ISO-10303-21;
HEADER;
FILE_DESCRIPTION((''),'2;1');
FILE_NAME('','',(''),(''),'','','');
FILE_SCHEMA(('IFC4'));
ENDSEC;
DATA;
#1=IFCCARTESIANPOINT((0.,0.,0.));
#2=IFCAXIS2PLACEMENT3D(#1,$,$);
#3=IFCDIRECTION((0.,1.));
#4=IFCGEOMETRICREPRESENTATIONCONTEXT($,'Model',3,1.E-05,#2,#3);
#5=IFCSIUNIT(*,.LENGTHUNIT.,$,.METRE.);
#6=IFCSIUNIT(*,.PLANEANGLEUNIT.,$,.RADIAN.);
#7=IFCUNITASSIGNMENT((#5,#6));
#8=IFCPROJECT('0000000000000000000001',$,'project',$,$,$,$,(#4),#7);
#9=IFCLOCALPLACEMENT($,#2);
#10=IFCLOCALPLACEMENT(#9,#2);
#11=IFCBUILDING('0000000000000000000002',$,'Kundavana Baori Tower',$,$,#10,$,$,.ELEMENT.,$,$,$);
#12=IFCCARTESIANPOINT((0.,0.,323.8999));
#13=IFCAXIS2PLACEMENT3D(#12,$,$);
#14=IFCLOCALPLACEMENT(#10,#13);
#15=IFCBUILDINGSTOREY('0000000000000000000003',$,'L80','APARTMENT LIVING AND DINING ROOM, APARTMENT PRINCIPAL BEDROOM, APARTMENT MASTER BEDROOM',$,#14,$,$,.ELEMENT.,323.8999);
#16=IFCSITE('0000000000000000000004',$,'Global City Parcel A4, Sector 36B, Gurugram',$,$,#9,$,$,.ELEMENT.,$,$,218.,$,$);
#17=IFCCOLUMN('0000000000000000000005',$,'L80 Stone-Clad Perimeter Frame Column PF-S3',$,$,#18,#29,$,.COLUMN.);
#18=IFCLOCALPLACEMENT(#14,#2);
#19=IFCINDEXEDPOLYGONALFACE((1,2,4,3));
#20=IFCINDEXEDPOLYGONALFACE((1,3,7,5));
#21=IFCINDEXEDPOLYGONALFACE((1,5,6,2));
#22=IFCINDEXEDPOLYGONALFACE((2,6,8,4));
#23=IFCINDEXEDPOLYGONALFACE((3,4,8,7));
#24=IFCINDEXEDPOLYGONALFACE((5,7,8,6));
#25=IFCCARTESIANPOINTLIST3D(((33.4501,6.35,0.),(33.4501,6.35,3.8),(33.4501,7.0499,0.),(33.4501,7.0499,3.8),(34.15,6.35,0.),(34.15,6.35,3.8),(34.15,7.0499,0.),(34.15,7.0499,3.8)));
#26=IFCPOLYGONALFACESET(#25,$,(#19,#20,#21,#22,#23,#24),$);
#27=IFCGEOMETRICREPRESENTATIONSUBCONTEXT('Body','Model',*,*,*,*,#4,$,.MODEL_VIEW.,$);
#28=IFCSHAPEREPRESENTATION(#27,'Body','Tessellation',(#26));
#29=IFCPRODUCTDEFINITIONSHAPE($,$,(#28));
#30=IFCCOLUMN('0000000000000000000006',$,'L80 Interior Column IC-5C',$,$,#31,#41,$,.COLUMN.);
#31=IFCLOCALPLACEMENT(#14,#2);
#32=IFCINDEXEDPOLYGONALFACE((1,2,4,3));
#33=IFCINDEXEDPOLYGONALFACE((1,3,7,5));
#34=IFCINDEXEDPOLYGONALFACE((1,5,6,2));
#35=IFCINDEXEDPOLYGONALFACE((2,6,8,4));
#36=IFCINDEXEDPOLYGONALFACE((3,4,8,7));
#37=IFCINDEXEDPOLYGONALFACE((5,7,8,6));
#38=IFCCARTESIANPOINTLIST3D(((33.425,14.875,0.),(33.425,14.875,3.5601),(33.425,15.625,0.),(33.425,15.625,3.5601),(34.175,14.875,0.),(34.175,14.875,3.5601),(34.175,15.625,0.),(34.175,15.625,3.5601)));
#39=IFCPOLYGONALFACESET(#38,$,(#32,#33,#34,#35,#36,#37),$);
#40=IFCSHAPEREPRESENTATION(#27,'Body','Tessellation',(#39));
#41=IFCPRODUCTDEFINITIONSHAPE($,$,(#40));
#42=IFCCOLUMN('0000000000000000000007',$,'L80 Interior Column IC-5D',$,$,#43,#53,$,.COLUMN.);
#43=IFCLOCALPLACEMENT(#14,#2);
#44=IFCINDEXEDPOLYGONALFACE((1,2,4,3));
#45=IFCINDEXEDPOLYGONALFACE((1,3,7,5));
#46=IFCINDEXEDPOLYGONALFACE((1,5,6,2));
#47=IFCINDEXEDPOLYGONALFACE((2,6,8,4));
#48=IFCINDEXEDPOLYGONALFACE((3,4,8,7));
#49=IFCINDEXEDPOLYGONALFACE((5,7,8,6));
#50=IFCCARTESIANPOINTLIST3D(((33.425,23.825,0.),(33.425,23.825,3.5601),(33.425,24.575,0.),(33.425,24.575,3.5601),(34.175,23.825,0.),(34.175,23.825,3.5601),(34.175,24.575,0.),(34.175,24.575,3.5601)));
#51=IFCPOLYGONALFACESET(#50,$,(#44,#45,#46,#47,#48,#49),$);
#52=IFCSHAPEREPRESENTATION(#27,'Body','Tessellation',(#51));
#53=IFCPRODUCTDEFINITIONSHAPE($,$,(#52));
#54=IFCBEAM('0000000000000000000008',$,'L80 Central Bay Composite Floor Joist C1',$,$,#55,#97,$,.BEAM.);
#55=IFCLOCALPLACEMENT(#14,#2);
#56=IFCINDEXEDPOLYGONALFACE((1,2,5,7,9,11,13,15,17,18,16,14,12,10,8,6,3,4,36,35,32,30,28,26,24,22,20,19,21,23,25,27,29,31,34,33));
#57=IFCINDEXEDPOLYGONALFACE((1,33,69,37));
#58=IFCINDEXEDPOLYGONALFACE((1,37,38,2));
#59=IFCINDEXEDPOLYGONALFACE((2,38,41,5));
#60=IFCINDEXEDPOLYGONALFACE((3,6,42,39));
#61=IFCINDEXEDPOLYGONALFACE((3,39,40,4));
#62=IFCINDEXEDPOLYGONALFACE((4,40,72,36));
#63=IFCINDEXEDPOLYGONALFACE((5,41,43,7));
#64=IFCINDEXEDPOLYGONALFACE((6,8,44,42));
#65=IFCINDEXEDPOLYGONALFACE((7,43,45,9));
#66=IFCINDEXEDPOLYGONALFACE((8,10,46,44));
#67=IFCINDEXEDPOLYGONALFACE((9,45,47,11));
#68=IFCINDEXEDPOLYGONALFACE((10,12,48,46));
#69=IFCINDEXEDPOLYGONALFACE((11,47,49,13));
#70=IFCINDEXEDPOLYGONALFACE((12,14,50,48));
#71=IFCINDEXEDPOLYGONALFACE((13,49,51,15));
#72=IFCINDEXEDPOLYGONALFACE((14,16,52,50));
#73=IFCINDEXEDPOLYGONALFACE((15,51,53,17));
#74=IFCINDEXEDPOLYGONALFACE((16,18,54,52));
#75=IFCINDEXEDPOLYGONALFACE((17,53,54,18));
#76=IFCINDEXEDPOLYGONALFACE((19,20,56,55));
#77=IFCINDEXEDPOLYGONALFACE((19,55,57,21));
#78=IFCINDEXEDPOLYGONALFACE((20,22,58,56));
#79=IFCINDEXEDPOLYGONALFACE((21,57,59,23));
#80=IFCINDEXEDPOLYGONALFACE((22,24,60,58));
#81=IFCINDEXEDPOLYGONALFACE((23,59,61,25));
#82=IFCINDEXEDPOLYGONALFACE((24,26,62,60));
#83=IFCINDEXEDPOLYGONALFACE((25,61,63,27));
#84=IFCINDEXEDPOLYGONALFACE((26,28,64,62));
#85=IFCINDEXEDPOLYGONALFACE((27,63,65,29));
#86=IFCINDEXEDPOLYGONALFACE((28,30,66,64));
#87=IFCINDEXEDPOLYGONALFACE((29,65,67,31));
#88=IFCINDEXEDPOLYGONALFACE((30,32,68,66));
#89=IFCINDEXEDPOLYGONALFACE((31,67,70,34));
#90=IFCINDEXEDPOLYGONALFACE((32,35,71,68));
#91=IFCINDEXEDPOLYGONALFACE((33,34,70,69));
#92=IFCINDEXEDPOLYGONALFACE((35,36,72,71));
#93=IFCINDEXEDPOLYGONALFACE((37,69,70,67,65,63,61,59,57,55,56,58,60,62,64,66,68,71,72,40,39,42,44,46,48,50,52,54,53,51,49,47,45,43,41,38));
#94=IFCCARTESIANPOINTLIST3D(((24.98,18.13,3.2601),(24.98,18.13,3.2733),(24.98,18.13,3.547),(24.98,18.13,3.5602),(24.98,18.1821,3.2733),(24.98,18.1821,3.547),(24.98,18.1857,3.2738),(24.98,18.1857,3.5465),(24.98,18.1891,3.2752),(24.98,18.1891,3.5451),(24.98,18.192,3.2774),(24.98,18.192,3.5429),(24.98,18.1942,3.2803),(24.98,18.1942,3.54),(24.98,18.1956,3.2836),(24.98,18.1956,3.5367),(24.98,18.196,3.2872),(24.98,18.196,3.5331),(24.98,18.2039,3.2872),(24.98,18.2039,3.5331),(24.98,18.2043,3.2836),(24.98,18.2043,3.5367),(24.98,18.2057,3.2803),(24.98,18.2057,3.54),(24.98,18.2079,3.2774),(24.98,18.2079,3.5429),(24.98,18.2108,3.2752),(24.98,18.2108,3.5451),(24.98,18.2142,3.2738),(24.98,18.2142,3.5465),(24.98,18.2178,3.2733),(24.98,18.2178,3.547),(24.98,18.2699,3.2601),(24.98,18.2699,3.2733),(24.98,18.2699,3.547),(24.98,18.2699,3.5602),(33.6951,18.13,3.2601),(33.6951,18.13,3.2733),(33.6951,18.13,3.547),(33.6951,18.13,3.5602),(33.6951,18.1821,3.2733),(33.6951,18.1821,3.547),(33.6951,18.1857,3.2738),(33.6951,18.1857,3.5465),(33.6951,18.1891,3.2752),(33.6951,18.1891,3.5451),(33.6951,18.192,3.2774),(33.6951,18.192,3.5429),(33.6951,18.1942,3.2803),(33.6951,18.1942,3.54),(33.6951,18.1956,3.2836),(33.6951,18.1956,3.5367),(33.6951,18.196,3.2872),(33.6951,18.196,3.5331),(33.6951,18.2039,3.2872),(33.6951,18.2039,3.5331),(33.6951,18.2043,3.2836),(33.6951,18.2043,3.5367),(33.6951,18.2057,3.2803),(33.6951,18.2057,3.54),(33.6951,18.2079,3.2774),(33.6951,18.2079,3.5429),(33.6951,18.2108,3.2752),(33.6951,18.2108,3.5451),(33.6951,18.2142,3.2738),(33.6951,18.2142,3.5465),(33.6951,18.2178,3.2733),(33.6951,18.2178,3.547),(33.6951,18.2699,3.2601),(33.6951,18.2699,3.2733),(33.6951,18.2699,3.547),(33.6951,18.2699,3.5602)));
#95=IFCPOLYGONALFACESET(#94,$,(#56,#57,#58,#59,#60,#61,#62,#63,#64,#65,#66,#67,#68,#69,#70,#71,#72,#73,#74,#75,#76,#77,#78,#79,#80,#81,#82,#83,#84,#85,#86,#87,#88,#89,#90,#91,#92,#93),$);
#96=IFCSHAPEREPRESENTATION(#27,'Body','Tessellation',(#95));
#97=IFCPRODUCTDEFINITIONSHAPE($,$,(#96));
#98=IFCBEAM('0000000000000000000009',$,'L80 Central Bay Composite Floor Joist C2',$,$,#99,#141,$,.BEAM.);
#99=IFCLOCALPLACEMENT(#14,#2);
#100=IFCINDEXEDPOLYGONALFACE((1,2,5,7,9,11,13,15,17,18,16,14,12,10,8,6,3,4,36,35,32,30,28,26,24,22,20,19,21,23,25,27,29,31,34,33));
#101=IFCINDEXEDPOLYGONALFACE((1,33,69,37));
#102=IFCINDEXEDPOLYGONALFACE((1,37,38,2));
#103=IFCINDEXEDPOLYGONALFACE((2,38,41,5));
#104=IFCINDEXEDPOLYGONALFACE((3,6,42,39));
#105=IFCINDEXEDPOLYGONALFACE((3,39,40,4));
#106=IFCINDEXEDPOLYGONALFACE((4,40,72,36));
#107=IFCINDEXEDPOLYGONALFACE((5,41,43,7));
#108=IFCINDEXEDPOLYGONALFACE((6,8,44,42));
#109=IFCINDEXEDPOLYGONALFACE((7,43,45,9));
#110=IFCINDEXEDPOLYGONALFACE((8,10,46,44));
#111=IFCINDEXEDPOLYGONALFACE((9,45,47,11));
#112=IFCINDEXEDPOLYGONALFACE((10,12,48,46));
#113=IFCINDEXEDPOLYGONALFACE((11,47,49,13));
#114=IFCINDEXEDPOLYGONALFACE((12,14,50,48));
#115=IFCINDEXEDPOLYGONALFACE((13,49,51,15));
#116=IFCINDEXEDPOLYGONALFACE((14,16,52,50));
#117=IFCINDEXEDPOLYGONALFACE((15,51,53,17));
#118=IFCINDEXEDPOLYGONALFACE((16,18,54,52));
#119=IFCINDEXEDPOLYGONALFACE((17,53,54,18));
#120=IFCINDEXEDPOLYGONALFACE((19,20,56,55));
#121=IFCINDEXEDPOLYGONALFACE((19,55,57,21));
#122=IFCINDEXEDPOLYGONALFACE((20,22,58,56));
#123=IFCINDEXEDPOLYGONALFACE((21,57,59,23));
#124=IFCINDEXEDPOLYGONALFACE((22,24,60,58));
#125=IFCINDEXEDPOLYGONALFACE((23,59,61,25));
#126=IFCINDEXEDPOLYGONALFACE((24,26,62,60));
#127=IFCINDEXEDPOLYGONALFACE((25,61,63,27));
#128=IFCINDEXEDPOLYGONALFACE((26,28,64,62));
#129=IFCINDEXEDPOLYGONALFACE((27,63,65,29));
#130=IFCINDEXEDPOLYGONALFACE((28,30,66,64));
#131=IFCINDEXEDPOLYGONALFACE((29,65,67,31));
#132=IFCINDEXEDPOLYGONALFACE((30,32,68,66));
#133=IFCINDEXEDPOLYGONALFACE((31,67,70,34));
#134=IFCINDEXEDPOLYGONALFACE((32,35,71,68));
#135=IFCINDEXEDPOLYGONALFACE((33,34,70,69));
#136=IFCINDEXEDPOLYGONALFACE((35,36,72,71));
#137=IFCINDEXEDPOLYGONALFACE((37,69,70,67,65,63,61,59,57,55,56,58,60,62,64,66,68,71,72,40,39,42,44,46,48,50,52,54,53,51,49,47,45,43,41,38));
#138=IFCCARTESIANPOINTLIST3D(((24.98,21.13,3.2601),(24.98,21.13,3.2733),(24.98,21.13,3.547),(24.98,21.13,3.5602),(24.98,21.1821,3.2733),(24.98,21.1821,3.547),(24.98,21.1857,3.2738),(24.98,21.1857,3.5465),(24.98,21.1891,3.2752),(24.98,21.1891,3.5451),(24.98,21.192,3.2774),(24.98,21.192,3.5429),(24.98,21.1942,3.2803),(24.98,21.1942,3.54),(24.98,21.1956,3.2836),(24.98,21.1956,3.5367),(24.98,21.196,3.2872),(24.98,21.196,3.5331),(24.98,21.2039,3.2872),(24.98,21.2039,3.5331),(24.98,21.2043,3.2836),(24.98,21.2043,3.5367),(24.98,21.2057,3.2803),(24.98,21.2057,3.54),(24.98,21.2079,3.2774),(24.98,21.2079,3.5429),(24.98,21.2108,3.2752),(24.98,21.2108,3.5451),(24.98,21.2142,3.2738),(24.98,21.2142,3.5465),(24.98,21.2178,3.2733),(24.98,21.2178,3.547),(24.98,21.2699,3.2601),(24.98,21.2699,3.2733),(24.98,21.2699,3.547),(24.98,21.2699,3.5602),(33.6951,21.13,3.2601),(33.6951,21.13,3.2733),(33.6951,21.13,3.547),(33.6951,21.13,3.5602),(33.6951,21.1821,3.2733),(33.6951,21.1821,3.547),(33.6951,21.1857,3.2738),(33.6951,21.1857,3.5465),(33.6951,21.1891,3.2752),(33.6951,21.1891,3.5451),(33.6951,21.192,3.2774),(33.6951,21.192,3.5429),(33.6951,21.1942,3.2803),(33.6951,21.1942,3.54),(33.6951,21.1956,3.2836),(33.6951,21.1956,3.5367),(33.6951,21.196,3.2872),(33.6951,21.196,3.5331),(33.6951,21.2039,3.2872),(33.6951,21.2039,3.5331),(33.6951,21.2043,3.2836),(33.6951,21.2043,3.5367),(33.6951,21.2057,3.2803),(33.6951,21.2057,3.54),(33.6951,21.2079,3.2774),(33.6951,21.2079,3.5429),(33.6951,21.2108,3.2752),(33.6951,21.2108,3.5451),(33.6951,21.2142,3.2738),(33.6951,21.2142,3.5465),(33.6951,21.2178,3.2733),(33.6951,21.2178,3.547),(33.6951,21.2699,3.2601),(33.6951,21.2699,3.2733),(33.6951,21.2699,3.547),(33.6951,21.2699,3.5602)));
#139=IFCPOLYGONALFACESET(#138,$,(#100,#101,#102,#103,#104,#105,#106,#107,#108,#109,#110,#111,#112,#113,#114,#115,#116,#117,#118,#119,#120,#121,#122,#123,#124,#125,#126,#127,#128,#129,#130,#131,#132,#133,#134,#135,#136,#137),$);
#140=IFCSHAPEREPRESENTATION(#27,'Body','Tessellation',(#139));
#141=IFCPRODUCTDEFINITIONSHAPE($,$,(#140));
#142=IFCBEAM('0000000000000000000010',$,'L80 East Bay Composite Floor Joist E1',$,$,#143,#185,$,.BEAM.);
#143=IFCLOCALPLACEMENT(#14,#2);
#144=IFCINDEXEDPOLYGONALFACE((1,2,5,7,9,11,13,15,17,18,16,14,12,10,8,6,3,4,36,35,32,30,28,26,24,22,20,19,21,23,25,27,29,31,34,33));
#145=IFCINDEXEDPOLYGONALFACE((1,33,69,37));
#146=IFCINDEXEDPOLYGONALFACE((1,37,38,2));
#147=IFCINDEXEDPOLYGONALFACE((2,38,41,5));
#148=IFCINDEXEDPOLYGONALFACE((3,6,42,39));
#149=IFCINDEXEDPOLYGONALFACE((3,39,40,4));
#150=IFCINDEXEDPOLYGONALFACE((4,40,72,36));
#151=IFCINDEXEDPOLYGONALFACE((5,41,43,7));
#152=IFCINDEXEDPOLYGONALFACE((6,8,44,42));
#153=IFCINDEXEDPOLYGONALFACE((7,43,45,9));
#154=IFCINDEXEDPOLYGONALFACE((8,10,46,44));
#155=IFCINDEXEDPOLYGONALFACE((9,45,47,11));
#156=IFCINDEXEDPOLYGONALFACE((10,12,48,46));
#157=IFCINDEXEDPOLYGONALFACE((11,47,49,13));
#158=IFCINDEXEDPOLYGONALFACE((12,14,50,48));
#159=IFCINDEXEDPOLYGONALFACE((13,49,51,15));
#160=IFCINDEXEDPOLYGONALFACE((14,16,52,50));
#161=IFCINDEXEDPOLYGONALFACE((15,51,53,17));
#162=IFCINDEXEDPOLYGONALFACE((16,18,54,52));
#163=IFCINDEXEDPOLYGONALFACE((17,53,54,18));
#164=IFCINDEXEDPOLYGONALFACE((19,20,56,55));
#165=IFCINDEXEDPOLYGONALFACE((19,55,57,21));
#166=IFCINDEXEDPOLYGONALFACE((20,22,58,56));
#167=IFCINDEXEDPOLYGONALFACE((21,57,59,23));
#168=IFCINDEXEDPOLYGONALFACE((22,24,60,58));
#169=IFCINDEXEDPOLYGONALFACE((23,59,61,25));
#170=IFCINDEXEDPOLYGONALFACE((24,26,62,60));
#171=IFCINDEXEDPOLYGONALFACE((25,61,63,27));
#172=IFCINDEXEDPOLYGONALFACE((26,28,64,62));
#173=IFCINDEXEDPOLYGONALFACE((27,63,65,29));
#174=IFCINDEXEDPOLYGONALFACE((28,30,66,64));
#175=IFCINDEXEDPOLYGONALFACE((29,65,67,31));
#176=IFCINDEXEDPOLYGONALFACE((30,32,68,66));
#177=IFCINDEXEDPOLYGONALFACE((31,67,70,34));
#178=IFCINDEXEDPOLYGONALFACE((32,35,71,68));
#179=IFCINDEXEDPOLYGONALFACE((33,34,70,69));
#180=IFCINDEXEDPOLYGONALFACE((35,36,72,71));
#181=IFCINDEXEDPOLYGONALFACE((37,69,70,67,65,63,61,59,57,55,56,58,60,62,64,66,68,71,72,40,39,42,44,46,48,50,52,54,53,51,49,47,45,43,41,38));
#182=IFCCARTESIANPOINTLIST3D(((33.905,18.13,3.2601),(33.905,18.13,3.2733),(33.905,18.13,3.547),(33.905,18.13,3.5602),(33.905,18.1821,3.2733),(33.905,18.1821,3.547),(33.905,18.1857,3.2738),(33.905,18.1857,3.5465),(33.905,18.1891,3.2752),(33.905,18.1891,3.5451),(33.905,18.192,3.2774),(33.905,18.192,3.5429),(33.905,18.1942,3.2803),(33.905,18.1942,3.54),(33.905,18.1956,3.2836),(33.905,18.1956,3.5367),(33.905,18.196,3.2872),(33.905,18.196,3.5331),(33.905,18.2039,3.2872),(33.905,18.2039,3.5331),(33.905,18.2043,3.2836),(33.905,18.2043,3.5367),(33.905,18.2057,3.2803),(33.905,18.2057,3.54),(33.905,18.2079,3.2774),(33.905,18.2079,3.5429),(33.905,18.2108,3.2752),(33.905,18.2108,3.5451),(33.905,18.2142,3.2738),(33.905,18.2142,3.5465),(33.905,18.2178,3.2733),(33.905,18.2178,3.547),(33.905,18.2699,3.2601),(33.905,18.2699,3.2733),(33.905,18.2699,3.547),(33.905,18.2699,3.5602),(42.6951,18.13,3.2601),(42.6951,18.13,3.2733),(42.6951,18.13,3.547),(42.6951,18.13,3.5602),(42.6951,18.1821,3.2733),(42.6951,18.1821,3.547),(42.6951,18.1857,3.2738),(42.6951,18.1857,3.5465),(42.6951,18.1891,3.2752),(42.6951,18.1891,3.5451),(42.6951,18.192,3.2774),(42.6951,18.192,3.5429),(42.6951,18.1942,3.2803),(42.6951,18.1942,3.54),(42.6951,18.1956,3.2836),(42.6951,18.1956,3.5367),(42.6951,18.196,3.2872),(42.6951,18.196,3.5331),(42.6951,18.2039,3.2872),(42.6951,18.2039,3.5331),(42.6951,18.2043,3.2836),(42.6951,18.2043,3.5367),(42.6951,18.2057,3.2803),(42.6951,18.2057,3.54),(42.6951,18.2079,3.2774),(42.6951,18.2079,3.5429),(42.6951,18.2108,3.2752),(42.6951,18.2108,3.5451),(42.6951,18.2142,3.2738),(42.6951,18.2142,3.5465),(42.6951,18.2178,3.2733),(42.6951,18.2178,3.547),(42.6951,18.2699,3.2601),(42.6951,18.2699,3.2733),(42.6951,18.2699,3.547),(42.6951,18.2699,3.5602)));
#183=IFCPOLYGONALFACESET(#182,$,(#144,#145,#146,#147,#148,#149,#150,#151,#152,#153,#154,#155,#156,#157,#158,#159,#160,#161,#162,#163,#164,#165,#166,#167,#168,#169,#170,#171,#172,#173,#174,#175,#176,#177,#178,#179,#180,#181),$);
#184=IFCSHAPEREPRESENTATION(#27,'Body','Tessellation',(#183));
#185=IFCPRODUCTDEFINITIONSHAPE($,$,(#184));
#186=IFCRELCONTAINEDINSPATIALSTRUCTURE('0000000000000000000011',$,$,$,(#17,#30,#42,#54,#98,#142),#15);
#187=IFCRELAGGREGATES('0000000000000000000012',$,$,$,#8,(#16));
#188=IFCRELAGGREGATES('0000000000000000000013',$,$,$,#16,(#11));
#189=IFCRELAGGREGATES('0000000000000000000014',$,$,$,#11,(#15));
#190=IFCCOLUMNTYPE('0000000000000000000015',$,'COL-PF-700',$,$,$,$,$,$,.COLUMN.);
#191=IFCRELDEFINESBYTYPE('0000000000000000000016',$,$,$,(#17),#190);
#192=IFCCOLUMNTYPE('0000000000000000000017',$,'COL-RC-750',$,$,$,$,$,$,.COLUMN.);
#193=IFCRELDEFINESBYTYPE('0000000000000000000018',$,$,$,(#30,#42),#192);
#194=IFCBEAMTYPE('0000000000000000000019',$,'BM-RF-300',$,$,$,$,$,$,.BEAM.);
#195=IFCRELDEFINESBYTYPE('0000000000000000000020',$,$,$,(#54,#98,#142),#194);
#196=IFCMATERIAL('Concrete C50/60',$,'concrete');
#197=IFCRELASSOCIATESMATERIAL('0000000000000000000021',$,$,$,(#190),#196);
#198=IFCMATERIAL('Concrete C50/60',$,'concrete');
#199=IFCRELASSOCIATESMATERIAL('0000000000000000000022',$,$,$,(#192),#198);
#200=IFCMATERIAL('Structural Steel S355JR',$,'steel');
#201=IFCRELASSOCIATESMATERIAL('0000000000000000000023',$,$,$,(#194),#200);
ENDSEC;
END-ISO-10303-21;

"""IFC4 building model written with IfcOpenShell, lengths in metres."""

from ifc_helpers import new_model, si_unit, direction, frame, origin, origin_2d, place, context, subcontext, project, spatial, rectangle, i_section, extrude, material, material_profile, profile_set, type_object, element, save


model = new_model("IFC4")

# Units and contexts
model_context = context("Model", 3, precision=1e-05, world=origin(), true_north=direction((0.0, 1.0)))
body_context = subcontext(model_context, "Body", "Model", "MODEL_VIEW")
ifc_project = project(units=[si_unit("LENGTHUNIT", "METRE"), si_unit("PLANEANGLEUNIT", "RADIAN")], contexts=[model_context])

# Site, building, storey
site_placement = place(None, origin())
site = spatial("IfcSite", under=ifc_project, at=site_placement, Name="Global City Parcel A4, Sector 36B, Gurugram", CompositionType="ELEMENT", RefElevation=218.0)
building_placement = place(site_placement, origin())
building = spatial("IfcBuilding", under=site, at=building_placement, Name="Kundavana Baori Tower", CompositionType="ELEMENT")
storey_placement = place(building_placement, frame((0.0, 0.0, 323.8999)))
storey = spatial("IfcBuildingStorey", under=building, at=storey_placement, Name="L80", Description="APARTMENT LIVING AND DINING ROOM, APARTMENT PRINCIPAL BEDROOM, APARTMENT MASTER BEDROOM", CompositionType="ELEMENT", Elevation=323.8999)

# Columns
ifc_material_1 = material(Name="Concrete C50/60", Category="concrete")
ifc_material_profile_1 = material_profile(ifc_material_1, rectangle(XDim=0.7, YDim=0.7, at=origin_2d()), Name="RC PF 700x700")
ifc_profile_set_1 = profile_set([ifc_material_profile_1], Name="Concrete C50/60")
column_type_1 = type_object("IfcColumnType", Name="COL-PF-700", PredefinedType="COLUMN", material=ifc_profile_set_1)
column_placement = place(storey_placement, frame((33.8, 6.7, 0.0), z_axis=(0.0, 0.0, 1.0), x_axis=(1.0, 0.0, 0.0)))
element("IfcColumn", 1, at=column_placement, inside=storey, type_object=column_type_1, Name="L80 Stone-Clad Perimeter Frame Column PF-S3", PredefinedType="COLUMN", context=body_context, shape_type="SweptSolid", body=[
    extrude(rectangle(XDim=0.7, YDim=0.7, at=origin_2d()), origin(), (0.0, 0.0, 1.0), 3.8),
])
ifc_material_2 = material(Name="Concrete C50/60", Category="concrete")
ifc_material_profile_2 = material_profile(ifc_material_2, rectangle(XDim=0.75, YDim=0.75, at=origin_2d()), Name="RC 750x750")
ifc_profile_set_2 = profile_set([ifc_material_profile_2], Name="Concrete C50/60")
column_type_2 = type_object("IfcColumnType", Name="COL-RC-750", PredefinedType="COLUMN", material=ifc_profile_set_2)
for number, where, z_axis, x_axis, name in (
    (2, (33.8, 15.25, 0.0), (0.0, 0.0, 1.0), (1.0, 0.0, 0.0), "L80 Interior Column IC-5C"),
    (3, (33.8, 24.2, 0.0), (0.0, 0.0, 1.0), (1.0, 0.0, 0.0), "L80 Interior Column IC-5D"),
):
    element("IfcColumn", number, at=place(storey_placement, frame(where, z_axis=z_axis, x_axis=x_axis)), inside=storey, type_object=column_type_2, Name=name, PredefinedType="COLUMN", context=body_context, shape_type="SweptSolid", body=[
        extrude(rectangle(XDim=0.75, YDim=0.75, at=origin_2d()), origin(), (0.0, 0.0, 1.0), 3.5601),
    ])

# Beams
ifc_material_3 = material(Name="Structural Steel S355JR", Category="steel")
ifc_material_profile_3 = material_profile(ifc_material_3, i_section(OverallWidth=0.1399, OverallDepth=0.3, WebThickness=0.0078, FlangeThickness=0.0132, FilletRadius=0.0139, at=origin_2d()), Name="ISMB 300")
ifc_profile_set_3 = profile_set([ifc_material_profile_3], Name="Structural Steel S355JR")
beam_type_1 = type_object("IfcBeamType", Name="BM-RF-300", PredefinedType="BEAM", material=ifc_profile_set_3)
for number, where, z_axis, x_axis, name in (
    (4, (24.98, 18.2, 3.4102), (1.0, 0.0, 0.0), (0.0, 1.0, 0.0), "L80 Central Bay Composite Floor Joist C1"),
    (5, (24.98, 21.2, 3.4102), (1.0, 0.0, 0.0), (0.0, 1.0, 0.0), "L80 Central Bay Composite Floor Joist C2"),
):
    element("IfcBeam", number, at=place(storey_placement, frame(where, z_axis=z_axis, x_axis=x_axis)), inside=storey, type_object=beam_type_1, Name=name, PredefinedType="BEAM", context=body_context, shape_type="SweptSolid", body=[
        extrude(i_section(OverallWidth=0.1399, OverallDepth=0.3, WebThickness=0.0078, FlangeThickness=0.0132, FilletRadius=0.0139, at=origin_2d()), origin(), (0.0, 0.0, 1.0), 8.7151),
    ])
for number, where, z_axis, x_axis, name in (
    (6, (33.905, 18.2, 3.4102), (1.0, 0.0, 0.0), (0.0, 1.0, 0.0), "L80 East Bay Composite Floor Joist E1"),
):
    element("IfcBeam", number, at=place(storey_placement, frame(where, z_axis=z_axis, x_axis=x_axis)), inside=storey, type_object=beam_type_1, Name=name, PredefinedType="BEAM", context=body_context, shape_type="SweptSolid", body=[
        extrude(i_section(OverallWidth=0.1399, OverallDepth=0.3, WebThickness=0.0078, FlangeThickness=0.0132, FilletRadius=0.0139, at=origin_2d()), origin(), (0.0, 0.0, 1.0), 8.79),
    ])

save(model, "model.ifc")
